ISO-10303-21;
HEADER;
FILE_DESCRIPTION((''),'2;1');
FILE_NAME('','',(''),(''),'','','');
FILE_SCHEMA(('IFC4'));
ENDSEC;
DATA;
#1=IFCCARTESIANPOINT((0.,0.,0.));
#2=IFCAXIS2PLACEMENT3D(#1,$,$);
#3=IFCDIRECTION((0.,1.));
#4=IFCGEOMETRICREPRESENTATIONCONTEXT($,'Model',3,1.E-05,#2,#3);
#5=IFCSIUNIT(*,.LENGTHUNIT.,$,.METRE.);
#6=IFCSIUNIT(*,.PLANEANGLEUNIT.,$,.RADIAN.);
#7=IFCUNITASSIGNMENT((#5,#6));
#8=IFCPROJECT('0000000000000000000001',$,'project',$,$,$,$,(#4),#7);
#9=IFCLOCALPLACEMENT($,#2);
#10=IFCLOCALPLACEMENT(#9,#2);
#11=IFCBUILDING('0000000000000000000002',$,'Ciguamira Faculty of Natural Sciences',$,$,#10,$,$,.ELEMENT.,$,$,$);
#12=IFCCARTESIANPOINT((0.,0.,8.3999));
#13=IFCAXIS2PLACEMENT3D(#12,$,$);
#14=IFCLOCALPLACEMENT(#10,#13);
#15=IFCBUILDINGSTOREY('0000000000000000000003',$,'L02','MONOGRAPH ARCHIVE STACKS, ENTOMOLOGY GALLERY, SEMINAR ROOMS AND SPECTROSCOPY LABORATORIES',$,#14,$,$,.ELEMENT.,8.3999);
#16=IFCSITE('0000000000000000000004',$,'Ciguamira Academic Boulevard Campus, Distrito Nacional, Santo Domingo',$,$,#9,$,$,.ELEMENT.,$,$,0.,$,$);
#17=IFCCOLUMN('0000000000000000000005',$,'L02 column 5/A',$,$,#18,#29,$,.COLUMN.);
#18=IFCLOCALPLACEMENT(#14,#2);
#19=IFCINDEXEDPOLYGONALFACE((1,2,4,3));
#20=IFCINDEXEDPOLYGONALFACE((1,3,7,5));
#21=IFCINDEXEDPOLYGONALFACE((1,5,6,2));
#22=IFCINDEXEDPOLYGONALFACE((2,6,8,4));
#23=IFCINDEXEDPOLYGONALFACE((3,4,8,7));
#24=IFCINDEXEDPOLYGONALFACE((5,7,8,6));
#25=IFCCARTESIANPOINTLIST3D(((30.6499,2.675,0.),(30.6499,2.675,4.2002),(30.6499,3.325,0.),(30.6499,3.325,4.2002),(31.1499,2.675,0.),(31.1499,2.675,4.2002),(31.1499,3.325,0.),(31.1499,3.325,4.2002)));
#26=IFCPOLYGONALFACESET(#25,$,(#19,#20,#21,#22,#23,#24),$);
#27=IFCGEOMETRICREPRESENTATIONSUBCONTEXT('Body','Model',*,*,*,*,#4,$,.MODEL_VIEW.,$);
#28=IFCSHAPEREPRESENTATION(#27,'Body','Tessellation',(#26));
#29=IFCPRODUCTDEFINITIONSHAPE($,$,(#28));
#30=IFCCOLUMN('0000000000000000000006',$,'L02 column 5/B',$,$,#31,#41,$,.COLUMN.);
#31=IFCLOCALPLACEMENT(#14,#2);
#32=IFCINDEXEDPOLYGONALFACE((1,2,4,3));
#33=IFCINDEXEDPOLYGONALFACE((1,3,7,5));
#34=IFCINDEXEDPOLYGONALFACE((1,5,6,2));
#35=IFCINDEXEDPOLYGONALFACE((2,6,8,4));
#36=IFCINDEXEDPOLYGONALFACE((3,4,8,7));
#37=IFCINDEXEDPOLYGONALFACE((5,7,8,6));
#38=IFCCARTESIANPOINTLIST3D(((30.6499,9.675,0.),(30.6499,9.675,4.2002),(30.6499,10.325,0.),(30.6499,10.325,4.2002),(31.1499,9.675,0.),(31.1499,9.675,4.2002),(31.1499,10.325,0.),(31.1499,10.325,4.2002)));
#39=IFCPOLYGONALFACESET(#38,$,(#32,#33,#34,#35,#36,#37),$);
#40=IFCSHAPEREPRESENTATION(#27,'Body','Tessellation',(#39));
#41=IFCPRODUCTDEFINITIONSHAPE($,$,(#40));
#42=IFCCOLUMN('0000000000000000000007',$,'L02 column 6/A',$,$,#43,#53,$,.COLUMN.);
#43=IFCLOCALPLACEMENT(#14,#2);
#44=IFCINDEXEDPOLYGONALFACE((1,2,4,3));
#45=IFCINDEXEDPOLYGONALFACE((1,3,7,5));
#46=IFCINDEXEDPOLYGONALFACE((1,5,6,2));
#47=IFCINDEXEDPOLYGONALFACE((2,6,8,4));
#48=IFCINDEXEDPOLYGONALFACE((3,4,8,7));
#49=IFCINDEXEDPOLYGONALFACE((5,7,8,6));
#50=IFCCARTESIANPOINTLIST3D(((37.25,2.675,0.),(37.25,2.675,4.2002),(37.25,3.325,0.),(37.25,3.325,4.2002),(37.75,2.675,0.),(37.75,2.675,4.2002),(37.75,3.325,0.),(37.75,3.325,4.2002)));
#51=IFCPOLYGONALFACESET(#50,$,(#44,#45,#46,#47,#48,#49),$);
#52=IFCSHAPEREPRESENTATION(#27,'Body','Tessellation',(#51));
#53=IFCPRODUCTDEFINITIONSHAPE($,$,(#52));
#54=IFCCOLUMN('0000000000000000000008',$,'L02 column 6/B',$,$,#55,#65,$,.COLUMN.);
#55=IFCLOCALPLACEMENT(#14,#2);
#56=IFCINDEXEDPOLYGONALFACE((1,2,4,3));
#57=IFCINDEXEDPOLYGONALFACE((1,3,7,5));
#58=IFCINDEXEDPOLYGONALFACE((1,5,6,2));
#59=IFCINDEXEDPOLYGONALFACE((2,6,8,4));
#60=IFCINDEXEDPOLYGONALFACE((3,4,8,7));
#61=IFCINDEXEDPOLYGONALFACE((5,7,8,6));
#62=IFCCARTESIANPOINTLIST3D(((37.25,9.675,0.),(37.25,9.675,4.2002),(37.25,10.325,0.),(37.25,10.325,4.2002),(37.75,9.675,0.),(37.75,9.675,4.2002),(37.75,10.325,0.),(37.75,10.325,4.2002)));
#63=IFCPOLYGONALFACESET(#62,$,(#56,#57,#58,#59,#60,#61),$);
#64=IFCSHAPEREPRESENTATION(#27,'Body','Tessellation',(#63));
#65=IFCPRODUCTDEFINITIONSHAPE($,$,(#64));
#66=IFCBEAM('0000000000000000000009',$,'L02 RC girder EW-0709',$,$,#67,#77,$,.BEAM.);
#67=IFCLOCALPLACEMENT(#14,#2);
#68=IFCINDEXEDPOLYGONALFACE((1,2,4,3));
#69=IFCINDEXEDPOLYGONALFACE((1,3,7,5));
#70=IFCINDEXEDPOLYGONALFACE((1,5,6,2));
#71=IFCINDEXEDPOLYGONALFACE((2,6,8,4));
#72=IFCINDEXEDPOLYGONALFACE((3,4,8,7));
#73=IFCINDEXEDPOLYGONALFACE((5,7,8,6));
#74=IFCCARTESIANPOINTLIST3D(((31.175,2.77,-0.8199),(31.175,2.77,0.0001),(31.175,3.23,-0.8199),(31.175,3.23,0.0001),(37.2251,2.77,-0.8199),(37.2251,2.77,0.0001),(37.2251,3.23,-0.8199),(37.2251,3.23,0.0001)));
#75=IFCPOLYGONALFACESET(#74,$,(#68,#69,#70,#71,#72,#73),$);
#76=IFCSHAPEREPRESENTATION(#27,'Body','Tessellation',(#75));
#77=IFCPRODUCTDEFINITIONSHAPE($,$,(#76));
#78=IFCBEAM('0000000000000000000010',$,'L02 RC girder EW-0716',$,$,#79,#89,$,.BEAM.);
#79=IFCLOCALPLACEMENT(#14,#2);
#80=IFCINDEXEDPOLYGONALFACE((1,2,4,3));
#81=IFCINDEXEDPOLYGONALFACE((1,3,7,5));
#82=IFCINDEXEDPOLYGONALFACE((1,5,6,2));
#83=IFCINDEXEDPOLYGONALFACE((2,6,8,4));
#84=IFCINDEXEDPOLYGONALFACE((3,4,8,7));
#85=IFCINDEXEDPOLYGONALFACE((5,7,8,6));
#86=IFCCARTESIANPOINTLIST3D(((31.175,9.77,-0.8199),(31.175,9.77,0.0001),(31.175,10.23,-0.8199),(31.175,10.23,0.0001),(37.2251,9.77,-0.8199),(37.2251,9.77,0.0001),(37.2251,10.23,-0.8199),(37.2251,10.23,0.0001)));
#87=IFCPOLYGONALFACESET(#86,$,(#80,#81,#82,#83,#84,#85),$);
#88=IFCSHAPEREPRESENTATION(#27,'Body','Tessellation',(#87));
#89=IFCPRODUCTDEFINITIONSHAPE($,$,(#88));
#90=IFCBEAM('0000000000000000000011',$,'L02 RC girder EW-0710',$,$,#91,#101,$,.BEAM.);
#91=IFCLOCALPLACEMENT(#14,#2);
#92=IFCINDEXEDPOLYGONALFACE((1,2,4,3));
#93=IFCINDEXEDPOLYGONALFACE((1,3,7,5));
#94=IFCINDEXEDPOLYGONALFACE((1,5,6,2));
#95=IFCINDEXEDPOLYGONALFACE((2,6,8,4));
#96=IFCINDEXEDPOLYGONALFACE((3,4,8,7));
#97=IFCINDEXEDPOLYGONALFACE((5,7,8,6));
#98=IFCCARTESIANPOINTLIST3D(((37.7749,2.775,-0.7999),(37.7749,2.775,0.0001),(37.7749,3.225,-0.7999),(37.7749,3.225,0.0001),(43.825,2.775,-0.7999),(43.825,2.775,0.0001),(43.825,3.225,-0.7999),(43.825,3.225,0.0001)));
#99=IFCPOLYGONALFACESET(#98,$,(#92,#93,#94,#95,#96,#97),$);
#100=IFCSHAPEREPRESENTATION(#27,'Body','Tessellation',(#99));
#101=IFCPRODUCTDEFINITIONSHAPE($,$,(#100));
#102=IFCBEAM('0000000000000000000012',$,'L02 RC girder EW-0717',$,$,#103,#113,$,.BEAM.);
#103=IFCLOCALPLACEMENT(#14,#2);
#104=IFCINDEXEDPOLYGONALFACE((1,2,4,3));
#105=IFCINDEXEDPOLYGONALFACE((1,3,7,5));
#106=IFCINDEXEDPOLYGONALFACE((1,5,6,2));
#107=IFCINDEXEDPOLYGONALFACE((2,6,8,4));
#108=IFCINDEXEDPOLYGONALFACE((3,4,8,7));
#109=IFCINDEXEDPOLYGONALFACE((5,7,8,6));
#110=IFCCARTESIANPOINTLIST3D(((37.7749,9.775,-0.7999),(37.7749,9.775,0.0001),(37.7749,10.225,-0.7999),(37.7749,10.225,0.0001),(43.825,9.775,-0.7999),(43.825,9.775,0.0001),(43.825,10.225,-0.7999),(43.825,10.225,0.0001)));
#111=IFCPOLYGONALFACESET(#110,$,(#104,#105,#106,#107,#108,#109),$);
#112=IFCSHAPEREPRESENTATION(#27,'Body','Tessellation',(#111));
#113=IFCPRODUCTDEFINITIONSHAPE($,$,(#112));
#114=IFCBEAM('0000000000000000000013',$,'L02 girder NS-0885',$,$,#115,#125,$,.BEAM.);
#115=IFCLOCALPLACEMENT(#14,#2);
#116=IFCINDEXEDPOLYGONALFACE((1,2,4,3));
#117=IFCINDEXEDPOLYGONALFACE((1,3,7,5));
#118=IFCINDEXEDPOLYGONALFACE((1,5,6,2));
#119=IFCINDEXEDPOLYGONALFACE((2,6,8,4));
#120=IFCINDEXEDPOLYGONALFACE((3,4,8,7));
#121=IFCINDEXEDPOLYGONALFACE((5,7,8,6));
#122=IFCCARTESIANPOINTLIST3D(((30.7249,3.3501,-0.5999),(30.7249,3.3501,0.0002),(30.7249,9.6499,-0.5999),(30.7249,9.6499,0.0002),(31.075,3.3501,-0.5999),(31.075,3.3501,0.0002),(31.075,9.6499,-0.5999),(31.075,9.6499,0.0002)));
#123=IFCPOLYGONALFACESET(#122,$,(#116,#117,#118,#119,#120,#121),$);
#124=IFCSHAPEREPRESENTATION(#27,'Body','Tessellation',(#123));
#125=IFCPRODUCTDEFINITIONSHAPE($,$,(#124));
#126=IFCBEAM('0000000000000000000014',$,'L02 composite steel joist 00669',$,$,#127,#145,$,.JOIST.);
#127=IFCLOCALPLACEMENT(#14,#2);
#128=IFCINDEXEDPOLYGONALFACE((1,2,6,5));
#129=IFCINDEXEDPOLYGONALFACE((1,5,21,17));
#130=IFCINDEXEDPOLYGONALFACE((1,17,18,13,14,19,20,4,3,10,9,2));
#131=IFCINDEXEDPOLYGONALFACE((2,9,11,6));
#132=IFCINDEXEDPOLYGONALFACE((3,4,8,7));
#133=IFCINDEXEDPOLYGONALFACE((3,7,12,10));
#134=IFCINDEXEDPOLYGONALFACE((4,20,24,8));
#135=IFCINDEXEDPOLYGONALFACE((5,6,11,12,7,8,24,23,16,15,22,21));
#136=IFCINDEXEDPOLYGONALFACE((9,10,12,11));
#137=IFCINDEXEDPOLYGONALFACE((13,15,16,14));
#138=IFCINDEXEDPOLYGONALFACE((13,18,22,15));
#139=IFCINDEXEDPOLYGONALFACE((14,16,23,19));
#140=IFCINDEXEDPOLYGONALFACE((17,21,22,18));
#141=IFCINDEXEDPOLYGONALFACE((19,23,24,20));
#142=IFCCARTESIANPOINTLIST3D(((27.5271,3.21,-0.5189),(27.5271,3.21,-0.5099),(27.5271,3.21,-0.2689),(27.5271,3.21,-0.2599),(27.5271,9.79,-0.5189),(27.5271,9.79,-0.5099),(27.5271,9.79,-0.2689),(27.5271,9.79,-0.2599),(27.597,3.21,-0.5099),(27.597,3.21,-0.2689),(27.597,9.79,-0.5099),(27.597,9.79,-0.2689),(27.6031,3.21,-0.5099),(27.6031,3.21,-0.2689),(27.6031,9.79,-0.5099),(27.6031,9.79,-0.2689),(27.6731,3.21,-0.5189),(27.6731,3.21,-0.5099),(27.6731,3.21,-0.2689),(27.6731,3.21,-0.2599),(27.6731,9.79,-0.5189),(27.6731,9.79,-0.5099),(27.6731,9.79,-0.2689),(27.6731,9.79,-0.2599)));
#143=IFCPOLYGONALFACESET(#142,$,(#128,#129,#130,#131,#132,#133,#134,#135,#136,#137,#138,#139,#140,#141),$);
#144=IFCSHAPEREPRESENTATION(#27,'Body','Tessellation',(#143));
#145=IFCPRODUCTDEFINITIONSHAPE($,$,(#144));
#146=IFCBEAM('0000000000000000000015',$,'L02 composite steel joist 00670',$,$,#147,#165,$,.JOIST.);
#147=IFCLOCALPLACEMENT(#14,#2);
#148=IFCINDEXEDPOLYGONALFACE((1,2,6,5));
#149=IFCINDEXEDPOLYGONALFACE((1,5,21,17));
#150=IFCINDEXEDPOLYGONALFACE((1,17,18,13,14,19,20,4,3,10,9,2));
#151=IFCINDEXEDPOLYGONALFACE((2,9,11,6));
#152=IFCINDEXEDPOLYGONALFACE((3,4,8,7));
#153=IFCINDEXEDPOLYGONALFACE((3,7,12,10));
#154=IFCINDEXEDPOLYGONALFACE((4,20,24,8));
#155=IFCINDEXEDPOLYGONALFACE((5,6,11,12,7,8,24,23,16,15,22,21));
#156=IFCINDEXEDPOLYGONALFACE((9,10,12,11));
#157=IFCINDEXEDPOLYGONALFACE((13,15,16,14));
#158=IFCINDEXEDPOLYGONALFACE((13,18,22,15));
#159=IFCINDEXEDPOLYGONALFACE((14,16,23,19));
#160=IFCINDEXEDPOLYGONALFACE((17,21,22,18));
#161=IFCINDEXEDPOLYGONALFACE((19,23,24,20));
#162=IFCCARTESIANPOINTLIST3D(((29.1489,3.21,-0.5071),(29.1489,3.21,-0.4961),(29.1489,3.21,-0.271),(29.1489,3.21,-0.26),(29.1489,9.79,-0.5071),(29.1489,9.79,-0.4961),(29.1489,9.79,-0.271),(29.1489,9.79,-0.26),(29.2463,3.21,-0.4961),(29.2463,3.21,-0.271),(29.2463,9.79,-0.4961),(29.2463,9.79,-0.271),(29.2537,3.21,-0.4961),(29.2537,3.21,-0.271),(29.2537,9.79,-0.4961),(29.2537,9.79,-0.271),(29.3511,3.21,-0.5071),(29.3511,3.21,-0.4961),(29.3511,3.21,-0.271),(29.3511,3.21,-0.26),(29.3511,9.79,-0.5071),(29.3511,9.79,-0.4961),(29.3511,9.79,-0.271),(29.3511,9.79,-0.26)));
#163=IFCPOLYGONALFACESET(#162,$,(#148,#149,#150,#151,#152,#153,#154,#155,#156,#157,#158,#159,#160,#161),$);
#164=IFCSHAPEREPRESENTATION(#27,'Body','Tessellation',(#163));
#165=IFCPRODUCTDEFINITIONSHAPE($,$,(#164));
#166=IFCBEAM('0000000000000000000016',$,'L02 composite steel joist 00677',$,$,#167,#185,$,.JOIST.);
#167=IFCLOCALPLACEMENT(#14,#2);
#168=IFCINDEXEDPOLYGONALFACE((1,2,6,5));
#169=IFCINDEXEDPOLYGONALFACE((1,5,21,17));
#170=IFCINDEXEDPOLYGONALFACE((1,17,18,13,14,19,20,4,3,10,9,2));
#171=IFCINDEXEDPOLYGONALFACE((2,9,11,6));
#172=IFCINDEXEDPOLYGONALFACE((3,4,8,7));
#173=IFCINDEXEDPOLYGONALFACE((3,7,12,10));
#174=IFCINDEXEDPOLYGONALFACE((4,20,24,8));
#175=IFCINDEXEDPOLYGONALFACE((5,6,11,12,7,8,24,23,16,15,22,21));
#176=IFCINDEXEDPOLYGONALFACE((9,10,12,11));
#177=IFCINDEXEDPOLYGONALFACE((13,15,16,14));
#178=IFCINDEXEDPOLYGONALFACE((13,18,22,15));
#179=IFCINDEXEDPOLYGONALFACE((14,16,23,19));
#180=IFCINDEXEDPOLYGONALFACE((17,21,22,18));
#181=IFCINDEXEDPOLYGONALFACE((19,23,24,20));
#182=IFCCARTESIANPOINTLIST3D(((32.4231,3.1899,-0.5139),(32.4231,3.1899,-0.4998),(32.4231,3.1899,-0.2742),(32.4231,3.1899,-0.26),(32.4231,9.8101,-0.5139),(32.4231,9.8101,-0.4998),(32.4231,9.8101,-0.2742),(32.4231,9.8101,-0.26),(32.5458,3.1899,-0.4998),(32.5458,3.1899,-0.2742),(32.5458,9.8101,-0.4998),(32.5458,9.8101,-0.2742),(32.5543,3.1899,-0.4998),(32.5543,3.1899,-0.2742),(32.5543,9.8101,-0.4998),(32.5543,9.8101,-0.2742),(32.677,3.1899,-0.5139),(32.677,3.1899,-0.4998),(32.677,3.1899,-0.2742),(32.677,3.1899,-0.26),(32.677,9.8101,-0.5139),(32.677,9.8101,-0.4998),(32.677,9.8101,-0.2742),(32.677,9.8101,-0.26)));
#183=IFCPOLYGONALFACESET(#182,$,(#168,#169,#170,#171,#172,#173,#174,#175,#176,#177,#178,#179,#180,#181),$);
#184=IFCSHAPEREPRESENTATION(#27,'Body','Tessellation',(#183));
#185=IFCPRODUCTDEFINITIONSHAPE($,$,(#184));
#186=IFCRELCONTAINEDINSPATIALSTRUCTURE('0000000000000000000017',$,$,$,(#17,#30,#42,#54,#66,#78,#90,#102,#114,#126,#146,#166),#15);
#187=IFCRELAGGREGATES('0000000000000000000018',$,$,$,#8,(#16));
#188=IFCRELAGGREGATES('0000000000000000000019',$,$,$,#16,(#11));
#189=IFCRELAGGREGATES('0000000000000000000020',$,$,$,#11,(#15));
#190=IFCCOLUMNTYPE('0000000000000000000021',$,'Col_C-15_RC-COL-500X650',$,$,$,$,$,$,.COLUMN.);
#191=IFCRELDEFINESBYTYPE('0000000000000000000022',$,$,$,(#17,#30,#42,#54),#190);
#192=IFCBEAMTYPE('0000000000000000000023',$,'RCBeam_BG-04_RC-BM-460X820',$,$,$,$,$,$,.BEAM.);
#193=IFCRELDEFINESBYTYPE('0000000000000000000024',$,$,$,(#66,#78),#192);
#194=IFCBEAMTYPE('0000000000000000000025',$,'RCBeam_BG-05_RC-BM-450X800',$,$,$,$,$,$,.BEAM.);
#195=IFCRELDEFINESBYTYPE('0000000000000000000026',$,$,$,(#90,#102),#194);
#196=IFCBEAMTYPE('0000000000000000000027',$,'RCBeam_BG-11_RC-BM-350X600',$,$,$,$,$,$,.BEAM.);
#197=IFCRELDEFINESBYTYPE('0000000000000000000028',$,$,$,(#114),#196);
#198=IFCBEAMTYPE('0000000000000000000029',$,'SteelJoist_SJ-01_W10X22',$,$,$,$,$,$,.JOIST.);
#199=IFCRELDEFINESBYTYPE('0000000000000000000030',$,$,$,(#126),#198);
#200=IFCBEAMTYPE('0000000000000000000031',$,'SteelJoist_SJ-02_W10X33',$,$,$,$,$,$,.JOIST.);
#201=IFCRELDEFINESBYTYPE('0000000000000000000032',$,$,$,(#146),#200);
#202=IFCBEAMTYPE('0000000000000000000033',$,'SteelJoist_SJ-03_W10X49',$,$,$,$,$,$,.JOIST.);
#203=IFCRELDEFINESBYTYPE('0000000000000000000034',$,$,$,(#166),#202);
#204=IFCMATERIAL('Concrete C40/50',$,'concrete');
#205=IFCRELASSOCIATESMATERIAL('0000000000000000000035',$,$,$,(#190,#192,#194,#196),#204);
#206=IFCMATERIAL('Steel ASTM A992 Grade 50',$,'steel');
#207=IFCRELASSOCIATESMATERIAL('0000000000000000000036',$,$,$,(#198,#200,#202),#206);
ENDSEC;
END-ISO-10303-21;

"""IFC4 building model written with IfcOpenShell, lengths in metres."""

from ifc_helpers import new_model, si_unit, direction, frame, origin, origin_2d, place, context, subcontext, project, spatial, rectangle, i_section, extrude, material, material_profile, profile_set, type_object, element, save


model = new_model("IFC4")

# Units and contexts
model_context = context("Model", 3, precision=1e-05, world=origin(), true_north=direction((0.0, 1.0)))
body_context = subcontext(model_context, "Body", "Model", "MODEL_VIEW")
ifc_project = project(units=[si_unit("LENGTHUNIT", "METRE"), si_unit("PLANEANGLEUNIT", "RADIAN")], contexts=[model_context])

# Site, building, storey
site_placement = place(None, origin())
site = spatial("IfcSite", under=ifc_project, at=site_placement, Name="Ciguamira Academic Boulevard Campus, Distrito Nacional, Santo Domingo", CompositionType="ELEMENT", RefElevation=0.0)
building_placement = place(site_placement, origin())
building = spatial("IfcBuilding", under=site, at=building_placement, Name="Ciguamira Faculty of Natural Sciences", CompositionType="ELEMENT")
storey_placement = place(building_placement, frame((0.0, 0.0, 8.3999)))
storey = spatial("IfcBuildingStorey", under=building, at=storey_placement, Name="L02", Description="MONOGRAPH ARCHIVE STACKS, ENTOMOLOGY GALLERY, SEMINAR ROOMS AND SPECTROSCOPY LABORATORIES", CompositionType="ELEMENT", Elevation=8.3999)

# Columns
ifc_material_1 = material(Name="Concrete C40/50", Category="concrete")
ifc_material_profile_1 = material_profile(ifc_material_1, rectangle(XDim=0.5, YDim=0.6499, at=origin_2d()), Name="RC-COL-500X650")
ifc_profile_set_1 = profile_set([ifc_material_profile_1], Name="Concrete C40/50")
column_type = type_object("IfcColumnType", Name="Col_C-15_RC-COL-500X650", PredefinedType="COLUMN", material=ifc_profile_set_1)
for number, where, z_axis, x_axis, name in (
    (1, (30.8999, 3.0, 0.0), (0.0, 0.0, 1.0), (1.0, 0.0, 0.0), "L02 column 5/A"),
    (2, (30.8999, 10.0, 0.0), (0.0, 0.0, 1.0), (1.0, 0.0, 0.0), "L02 column 5/B"),
    (3, (37.5, 3.0, 0.0), (0.0, 0.0, 1.0), (1.0, 0.0, 0.0), "L02 column 6/A"),
    (4, (37.5, 10.0, 0.0), (0.0, 0.0, 1.0), (1.0, 0.0, 0.0), "L02 column 6/B"),
):
    element("IfcColumn", number, at=place(storey_placement, frame(where, z_axis=z_axis, x_axis=x_axis)), inside=storey, type_object=column_type, Name=name, PredefinedType="COLUMN", context=body_context, shape_type="SweptSolid", body=[
        extrude(rectangle(XDim=0.5, YDim=0.6499, at=origin_2d()), origin(), (0.0, 0.0, 1.0), 4.2002),
    ])

# Beams
ifc_material_profile_2 = material_profile(ifc_material_1, rectangle(XDim=0.46, YDim=0.8201, at=origin_2d()), Name="RC-BM-460X820")
ifc_profile_set_2 = profile_set([ifc_material_profile_2], Name="Concrete C40/50")
beam_type_1 = type_object("IfcBeamType", Name="RCBeam_BG-04_RC-BM-460X820", PredefinedType="BEAM", material=ifc_profile_set_2)
for number, where, z_axis, x_axis, name in (
    (5, (31.175, 3.0, -0.4099), (1.0, 0.0, 0.0), (0.0, 1.0, 0.0), "L02 RC girder EW-0709"),
    (6, (31.175, 10.0, -0.4099), (1.0, 0.0, 0.0), (0.0, 1.0, 0.0), "L02 RC girder EW-0716"),
):
    element("IfcBeam", number, at=place(storey_placement, frame(where, z_axis=z_axis, x_axis=x_axis)), inside=storey, type_object=beam_type_1, Name=name, PredefinedType="BEAM", context=body_context, shape_type="SweptSolid", body=[
        extrude(rectangle(XDim=0.46, YDim=0.8201, at=origin_2d()), origin(), (0.0, 0.0, 1.0), 6.05),
    ])
ifc_material_profile_3 = material_profile(ifc_material_1, rectangle(XDim=0.45, YDim=0.8, at=origin_2d()), Name="RC-BM-450X800")
ifc_profile_set_3 = profile_set([ifc_material_profile_3], Name="Concrete C40/50")
beam_type_2 = type_object("IfcBeamType", Name="RCBeam_BG-05_RC-BM-450X800", PredefinedType="BEAM", material=ifc_profile_set_3)
for number, where, z_axis, x_axis, name in (
    (7, (37.7749, 3.0, -0.3999), (1.0, 0.0, 0.0), (0.0, 1.0, 0.0), "L02 RC girder EW-0710"),
    (8, (37.7749, 10.0, -0.3999), (1.0, 0.0, 0.0), (0.0, 1.0, 0.0), "L02 RC girder EW-0717"),
):
    element("IfcBeam", number, at=place(storey_placement, frame(where, z_axis=z_axis, x_axis=x_axis)), inside=storey, type_object=beam_type_2, Name=name, PredefinedType="BEAM", context=body_context, shape_type="SweptSolid", body=[
        extrude(rectangle(XDim=0.45, YDim=0.8, at=origin_2d()), origin(), (0.0, 0.0, 1.0), 6.05),
    ])
ifc_material_profile_4 = material_profile(ifc_material_1, rectangle(XDim=0.3501, YDim=0.6001, at=origin_2d()), Name="RC-BM-350X600")
ifc_profile_set_4 = profile_set([ifc_material_profile_4], Name="Concrete C40/50")
beam_type_3 = type_object("IfcBeamType", Name="RCBeam_BG-11_RC-BM-350X600", PredefinedType="BEAM", material=ifc_profile_set_4)
beam_1_placement = place(storey_placement, frame((30.8999, 3.3501, -0.2998), z_axis=(0.0, 1.0, 0.0), x_axis=(-1.0, 0.0, 0.0)))
element("IfcBeam", 9, at=beam_1_placement, inside=storey, type_object=beam_type_3, Name="L02 girder NS-0885", PredefinedType="BEAM", context=body_context, shape_type="SweptSolid", body=[
    extrude(rectangle(XDim=0.3501, YDim=0.6001, at=origin_2d()), origin(), (0.0, 0.0, 1.0), 6.2998),
])
ifc_material_2 = material(Name="Steel ASTM A992 Grade 50", Category="steel")
ifc_material_profile_5 = material_profile(ifc_material_2, i_section(OverallWidth=0.146, OverallDepth=0.259, WebThickness=0.0061, FlangeThickness=0.009, at=origin_2d()), Name="W10X22")
ifc_profile_set_5 = profile_set([ifc_material_profile_5], Name="Steel ASTM A992 Grade 50")
beam_type_4 = type_object("IfcBeamType", Name="SteelJoist_SJ-01_W10X22", PredefinedType="JOIST", material=ifc_profile_set_5)
beam_2_placement = place(storey_placement, frame((27.6001, 3.21, -0.3894), z_axis=(0.0, 1.0, 0.0), x_axis=(-1.0, 0.0, 0.0)))
element("IfcBeam", 10, at=beam_2_placement, inside=storey, type_object=beam_type_4, Name="L02 composite steel joist 00669", PredefinedType="JOIST", context=body_context, shape_type="SweptSolid", body=[
    extrude(i_section(OverallWidth=0.146, OverallDepth=0.259, WebThickness=0.0061, FlangeThickness=0.009, at=origin_2d()), origin(), (0.0, 0.0, 1.0), 6.5801),
])
ifc_material_profile_6 = material_profile(ifc_material_2, i_section(OverallWidth=0.2021, OverallDepth=0.2471, WebThickness=0.0073, FlangeThickness=0.011, at=origin_2d()), Name="W10X33")
ifc_profile_set_6 = profile_set([ifc_material_profile_6], Name="Steel ASTM A992 Grade 50")
beam_type_5 = type_object("IfcBeamType", Name="SteelJoist_SJ-02_W10X33", PredefinedType="JOIST", material=ifc_profile_set_6)
beam_3_placement = place(storey_placement, frame((29.25, 3.21, -0.3835), z_axis=(0.0, 1.0, 0.0), x_axis=(-1.0, 0.0, 0.0)))
element("IfcBeam", 11, at=beam_3_placement, inside=storey, type_object=beam_type_5, Name="L02 composite steel joist 00670", PredefinedType="JOIST", context=body_context, shape_type="SweptSolid", body=[
    extrude(i_section(OverallWidth=0.2021, OverallDepth=0.2471, WebThickness=0.0073, FlangeThickness=0.011, at=origin_2d()), origin(), (0.0, 0.0, 1.0), 6.5801),
])
ifc_material_profile_7 = material_profile(ifc_material_2, i_section(OverallWidth=0.2539, OverallDepth=0.2539, WebThickness=0.0085, FlangeThickness=0.0142, at=origin_2d()), Name="W10X49")
ifc_profile_set_7 = profile_set([ifc_material_profile_7], Name="Steel ASTM A992 Grade 50")
beam_type_6 = type_object("IfcBeamType", Name="SteelJoist_SJ-03_W10X49", PredefinedType="JOIST", material=ifc_profile_set_7)
beam_4_placement = place(storey_placement, frame((32.55, 3.1899, -0.387), z_axis=(0.0, 1.0, 0.0), x_axis=(-1.0, 0.0, 0.0)))
element("IfcBeam", 12, at=beam_4_placement, inside=storey, type_object=beam_type_6, Name="L02 composite steel joist 00677", PredefinedType="JOIST", context=body_context, shape_type="SweptSolid", body=[
    extrude(i_section(OverallWidth=0.2539, OverallDepth=0.2539, WebThickness=0.0085, FlangeThickness=0.0142, at=origin_2d()), origin(), (0.0, 0.0, 1.0), 6.6201),
])

save(model, "model.ifc")
